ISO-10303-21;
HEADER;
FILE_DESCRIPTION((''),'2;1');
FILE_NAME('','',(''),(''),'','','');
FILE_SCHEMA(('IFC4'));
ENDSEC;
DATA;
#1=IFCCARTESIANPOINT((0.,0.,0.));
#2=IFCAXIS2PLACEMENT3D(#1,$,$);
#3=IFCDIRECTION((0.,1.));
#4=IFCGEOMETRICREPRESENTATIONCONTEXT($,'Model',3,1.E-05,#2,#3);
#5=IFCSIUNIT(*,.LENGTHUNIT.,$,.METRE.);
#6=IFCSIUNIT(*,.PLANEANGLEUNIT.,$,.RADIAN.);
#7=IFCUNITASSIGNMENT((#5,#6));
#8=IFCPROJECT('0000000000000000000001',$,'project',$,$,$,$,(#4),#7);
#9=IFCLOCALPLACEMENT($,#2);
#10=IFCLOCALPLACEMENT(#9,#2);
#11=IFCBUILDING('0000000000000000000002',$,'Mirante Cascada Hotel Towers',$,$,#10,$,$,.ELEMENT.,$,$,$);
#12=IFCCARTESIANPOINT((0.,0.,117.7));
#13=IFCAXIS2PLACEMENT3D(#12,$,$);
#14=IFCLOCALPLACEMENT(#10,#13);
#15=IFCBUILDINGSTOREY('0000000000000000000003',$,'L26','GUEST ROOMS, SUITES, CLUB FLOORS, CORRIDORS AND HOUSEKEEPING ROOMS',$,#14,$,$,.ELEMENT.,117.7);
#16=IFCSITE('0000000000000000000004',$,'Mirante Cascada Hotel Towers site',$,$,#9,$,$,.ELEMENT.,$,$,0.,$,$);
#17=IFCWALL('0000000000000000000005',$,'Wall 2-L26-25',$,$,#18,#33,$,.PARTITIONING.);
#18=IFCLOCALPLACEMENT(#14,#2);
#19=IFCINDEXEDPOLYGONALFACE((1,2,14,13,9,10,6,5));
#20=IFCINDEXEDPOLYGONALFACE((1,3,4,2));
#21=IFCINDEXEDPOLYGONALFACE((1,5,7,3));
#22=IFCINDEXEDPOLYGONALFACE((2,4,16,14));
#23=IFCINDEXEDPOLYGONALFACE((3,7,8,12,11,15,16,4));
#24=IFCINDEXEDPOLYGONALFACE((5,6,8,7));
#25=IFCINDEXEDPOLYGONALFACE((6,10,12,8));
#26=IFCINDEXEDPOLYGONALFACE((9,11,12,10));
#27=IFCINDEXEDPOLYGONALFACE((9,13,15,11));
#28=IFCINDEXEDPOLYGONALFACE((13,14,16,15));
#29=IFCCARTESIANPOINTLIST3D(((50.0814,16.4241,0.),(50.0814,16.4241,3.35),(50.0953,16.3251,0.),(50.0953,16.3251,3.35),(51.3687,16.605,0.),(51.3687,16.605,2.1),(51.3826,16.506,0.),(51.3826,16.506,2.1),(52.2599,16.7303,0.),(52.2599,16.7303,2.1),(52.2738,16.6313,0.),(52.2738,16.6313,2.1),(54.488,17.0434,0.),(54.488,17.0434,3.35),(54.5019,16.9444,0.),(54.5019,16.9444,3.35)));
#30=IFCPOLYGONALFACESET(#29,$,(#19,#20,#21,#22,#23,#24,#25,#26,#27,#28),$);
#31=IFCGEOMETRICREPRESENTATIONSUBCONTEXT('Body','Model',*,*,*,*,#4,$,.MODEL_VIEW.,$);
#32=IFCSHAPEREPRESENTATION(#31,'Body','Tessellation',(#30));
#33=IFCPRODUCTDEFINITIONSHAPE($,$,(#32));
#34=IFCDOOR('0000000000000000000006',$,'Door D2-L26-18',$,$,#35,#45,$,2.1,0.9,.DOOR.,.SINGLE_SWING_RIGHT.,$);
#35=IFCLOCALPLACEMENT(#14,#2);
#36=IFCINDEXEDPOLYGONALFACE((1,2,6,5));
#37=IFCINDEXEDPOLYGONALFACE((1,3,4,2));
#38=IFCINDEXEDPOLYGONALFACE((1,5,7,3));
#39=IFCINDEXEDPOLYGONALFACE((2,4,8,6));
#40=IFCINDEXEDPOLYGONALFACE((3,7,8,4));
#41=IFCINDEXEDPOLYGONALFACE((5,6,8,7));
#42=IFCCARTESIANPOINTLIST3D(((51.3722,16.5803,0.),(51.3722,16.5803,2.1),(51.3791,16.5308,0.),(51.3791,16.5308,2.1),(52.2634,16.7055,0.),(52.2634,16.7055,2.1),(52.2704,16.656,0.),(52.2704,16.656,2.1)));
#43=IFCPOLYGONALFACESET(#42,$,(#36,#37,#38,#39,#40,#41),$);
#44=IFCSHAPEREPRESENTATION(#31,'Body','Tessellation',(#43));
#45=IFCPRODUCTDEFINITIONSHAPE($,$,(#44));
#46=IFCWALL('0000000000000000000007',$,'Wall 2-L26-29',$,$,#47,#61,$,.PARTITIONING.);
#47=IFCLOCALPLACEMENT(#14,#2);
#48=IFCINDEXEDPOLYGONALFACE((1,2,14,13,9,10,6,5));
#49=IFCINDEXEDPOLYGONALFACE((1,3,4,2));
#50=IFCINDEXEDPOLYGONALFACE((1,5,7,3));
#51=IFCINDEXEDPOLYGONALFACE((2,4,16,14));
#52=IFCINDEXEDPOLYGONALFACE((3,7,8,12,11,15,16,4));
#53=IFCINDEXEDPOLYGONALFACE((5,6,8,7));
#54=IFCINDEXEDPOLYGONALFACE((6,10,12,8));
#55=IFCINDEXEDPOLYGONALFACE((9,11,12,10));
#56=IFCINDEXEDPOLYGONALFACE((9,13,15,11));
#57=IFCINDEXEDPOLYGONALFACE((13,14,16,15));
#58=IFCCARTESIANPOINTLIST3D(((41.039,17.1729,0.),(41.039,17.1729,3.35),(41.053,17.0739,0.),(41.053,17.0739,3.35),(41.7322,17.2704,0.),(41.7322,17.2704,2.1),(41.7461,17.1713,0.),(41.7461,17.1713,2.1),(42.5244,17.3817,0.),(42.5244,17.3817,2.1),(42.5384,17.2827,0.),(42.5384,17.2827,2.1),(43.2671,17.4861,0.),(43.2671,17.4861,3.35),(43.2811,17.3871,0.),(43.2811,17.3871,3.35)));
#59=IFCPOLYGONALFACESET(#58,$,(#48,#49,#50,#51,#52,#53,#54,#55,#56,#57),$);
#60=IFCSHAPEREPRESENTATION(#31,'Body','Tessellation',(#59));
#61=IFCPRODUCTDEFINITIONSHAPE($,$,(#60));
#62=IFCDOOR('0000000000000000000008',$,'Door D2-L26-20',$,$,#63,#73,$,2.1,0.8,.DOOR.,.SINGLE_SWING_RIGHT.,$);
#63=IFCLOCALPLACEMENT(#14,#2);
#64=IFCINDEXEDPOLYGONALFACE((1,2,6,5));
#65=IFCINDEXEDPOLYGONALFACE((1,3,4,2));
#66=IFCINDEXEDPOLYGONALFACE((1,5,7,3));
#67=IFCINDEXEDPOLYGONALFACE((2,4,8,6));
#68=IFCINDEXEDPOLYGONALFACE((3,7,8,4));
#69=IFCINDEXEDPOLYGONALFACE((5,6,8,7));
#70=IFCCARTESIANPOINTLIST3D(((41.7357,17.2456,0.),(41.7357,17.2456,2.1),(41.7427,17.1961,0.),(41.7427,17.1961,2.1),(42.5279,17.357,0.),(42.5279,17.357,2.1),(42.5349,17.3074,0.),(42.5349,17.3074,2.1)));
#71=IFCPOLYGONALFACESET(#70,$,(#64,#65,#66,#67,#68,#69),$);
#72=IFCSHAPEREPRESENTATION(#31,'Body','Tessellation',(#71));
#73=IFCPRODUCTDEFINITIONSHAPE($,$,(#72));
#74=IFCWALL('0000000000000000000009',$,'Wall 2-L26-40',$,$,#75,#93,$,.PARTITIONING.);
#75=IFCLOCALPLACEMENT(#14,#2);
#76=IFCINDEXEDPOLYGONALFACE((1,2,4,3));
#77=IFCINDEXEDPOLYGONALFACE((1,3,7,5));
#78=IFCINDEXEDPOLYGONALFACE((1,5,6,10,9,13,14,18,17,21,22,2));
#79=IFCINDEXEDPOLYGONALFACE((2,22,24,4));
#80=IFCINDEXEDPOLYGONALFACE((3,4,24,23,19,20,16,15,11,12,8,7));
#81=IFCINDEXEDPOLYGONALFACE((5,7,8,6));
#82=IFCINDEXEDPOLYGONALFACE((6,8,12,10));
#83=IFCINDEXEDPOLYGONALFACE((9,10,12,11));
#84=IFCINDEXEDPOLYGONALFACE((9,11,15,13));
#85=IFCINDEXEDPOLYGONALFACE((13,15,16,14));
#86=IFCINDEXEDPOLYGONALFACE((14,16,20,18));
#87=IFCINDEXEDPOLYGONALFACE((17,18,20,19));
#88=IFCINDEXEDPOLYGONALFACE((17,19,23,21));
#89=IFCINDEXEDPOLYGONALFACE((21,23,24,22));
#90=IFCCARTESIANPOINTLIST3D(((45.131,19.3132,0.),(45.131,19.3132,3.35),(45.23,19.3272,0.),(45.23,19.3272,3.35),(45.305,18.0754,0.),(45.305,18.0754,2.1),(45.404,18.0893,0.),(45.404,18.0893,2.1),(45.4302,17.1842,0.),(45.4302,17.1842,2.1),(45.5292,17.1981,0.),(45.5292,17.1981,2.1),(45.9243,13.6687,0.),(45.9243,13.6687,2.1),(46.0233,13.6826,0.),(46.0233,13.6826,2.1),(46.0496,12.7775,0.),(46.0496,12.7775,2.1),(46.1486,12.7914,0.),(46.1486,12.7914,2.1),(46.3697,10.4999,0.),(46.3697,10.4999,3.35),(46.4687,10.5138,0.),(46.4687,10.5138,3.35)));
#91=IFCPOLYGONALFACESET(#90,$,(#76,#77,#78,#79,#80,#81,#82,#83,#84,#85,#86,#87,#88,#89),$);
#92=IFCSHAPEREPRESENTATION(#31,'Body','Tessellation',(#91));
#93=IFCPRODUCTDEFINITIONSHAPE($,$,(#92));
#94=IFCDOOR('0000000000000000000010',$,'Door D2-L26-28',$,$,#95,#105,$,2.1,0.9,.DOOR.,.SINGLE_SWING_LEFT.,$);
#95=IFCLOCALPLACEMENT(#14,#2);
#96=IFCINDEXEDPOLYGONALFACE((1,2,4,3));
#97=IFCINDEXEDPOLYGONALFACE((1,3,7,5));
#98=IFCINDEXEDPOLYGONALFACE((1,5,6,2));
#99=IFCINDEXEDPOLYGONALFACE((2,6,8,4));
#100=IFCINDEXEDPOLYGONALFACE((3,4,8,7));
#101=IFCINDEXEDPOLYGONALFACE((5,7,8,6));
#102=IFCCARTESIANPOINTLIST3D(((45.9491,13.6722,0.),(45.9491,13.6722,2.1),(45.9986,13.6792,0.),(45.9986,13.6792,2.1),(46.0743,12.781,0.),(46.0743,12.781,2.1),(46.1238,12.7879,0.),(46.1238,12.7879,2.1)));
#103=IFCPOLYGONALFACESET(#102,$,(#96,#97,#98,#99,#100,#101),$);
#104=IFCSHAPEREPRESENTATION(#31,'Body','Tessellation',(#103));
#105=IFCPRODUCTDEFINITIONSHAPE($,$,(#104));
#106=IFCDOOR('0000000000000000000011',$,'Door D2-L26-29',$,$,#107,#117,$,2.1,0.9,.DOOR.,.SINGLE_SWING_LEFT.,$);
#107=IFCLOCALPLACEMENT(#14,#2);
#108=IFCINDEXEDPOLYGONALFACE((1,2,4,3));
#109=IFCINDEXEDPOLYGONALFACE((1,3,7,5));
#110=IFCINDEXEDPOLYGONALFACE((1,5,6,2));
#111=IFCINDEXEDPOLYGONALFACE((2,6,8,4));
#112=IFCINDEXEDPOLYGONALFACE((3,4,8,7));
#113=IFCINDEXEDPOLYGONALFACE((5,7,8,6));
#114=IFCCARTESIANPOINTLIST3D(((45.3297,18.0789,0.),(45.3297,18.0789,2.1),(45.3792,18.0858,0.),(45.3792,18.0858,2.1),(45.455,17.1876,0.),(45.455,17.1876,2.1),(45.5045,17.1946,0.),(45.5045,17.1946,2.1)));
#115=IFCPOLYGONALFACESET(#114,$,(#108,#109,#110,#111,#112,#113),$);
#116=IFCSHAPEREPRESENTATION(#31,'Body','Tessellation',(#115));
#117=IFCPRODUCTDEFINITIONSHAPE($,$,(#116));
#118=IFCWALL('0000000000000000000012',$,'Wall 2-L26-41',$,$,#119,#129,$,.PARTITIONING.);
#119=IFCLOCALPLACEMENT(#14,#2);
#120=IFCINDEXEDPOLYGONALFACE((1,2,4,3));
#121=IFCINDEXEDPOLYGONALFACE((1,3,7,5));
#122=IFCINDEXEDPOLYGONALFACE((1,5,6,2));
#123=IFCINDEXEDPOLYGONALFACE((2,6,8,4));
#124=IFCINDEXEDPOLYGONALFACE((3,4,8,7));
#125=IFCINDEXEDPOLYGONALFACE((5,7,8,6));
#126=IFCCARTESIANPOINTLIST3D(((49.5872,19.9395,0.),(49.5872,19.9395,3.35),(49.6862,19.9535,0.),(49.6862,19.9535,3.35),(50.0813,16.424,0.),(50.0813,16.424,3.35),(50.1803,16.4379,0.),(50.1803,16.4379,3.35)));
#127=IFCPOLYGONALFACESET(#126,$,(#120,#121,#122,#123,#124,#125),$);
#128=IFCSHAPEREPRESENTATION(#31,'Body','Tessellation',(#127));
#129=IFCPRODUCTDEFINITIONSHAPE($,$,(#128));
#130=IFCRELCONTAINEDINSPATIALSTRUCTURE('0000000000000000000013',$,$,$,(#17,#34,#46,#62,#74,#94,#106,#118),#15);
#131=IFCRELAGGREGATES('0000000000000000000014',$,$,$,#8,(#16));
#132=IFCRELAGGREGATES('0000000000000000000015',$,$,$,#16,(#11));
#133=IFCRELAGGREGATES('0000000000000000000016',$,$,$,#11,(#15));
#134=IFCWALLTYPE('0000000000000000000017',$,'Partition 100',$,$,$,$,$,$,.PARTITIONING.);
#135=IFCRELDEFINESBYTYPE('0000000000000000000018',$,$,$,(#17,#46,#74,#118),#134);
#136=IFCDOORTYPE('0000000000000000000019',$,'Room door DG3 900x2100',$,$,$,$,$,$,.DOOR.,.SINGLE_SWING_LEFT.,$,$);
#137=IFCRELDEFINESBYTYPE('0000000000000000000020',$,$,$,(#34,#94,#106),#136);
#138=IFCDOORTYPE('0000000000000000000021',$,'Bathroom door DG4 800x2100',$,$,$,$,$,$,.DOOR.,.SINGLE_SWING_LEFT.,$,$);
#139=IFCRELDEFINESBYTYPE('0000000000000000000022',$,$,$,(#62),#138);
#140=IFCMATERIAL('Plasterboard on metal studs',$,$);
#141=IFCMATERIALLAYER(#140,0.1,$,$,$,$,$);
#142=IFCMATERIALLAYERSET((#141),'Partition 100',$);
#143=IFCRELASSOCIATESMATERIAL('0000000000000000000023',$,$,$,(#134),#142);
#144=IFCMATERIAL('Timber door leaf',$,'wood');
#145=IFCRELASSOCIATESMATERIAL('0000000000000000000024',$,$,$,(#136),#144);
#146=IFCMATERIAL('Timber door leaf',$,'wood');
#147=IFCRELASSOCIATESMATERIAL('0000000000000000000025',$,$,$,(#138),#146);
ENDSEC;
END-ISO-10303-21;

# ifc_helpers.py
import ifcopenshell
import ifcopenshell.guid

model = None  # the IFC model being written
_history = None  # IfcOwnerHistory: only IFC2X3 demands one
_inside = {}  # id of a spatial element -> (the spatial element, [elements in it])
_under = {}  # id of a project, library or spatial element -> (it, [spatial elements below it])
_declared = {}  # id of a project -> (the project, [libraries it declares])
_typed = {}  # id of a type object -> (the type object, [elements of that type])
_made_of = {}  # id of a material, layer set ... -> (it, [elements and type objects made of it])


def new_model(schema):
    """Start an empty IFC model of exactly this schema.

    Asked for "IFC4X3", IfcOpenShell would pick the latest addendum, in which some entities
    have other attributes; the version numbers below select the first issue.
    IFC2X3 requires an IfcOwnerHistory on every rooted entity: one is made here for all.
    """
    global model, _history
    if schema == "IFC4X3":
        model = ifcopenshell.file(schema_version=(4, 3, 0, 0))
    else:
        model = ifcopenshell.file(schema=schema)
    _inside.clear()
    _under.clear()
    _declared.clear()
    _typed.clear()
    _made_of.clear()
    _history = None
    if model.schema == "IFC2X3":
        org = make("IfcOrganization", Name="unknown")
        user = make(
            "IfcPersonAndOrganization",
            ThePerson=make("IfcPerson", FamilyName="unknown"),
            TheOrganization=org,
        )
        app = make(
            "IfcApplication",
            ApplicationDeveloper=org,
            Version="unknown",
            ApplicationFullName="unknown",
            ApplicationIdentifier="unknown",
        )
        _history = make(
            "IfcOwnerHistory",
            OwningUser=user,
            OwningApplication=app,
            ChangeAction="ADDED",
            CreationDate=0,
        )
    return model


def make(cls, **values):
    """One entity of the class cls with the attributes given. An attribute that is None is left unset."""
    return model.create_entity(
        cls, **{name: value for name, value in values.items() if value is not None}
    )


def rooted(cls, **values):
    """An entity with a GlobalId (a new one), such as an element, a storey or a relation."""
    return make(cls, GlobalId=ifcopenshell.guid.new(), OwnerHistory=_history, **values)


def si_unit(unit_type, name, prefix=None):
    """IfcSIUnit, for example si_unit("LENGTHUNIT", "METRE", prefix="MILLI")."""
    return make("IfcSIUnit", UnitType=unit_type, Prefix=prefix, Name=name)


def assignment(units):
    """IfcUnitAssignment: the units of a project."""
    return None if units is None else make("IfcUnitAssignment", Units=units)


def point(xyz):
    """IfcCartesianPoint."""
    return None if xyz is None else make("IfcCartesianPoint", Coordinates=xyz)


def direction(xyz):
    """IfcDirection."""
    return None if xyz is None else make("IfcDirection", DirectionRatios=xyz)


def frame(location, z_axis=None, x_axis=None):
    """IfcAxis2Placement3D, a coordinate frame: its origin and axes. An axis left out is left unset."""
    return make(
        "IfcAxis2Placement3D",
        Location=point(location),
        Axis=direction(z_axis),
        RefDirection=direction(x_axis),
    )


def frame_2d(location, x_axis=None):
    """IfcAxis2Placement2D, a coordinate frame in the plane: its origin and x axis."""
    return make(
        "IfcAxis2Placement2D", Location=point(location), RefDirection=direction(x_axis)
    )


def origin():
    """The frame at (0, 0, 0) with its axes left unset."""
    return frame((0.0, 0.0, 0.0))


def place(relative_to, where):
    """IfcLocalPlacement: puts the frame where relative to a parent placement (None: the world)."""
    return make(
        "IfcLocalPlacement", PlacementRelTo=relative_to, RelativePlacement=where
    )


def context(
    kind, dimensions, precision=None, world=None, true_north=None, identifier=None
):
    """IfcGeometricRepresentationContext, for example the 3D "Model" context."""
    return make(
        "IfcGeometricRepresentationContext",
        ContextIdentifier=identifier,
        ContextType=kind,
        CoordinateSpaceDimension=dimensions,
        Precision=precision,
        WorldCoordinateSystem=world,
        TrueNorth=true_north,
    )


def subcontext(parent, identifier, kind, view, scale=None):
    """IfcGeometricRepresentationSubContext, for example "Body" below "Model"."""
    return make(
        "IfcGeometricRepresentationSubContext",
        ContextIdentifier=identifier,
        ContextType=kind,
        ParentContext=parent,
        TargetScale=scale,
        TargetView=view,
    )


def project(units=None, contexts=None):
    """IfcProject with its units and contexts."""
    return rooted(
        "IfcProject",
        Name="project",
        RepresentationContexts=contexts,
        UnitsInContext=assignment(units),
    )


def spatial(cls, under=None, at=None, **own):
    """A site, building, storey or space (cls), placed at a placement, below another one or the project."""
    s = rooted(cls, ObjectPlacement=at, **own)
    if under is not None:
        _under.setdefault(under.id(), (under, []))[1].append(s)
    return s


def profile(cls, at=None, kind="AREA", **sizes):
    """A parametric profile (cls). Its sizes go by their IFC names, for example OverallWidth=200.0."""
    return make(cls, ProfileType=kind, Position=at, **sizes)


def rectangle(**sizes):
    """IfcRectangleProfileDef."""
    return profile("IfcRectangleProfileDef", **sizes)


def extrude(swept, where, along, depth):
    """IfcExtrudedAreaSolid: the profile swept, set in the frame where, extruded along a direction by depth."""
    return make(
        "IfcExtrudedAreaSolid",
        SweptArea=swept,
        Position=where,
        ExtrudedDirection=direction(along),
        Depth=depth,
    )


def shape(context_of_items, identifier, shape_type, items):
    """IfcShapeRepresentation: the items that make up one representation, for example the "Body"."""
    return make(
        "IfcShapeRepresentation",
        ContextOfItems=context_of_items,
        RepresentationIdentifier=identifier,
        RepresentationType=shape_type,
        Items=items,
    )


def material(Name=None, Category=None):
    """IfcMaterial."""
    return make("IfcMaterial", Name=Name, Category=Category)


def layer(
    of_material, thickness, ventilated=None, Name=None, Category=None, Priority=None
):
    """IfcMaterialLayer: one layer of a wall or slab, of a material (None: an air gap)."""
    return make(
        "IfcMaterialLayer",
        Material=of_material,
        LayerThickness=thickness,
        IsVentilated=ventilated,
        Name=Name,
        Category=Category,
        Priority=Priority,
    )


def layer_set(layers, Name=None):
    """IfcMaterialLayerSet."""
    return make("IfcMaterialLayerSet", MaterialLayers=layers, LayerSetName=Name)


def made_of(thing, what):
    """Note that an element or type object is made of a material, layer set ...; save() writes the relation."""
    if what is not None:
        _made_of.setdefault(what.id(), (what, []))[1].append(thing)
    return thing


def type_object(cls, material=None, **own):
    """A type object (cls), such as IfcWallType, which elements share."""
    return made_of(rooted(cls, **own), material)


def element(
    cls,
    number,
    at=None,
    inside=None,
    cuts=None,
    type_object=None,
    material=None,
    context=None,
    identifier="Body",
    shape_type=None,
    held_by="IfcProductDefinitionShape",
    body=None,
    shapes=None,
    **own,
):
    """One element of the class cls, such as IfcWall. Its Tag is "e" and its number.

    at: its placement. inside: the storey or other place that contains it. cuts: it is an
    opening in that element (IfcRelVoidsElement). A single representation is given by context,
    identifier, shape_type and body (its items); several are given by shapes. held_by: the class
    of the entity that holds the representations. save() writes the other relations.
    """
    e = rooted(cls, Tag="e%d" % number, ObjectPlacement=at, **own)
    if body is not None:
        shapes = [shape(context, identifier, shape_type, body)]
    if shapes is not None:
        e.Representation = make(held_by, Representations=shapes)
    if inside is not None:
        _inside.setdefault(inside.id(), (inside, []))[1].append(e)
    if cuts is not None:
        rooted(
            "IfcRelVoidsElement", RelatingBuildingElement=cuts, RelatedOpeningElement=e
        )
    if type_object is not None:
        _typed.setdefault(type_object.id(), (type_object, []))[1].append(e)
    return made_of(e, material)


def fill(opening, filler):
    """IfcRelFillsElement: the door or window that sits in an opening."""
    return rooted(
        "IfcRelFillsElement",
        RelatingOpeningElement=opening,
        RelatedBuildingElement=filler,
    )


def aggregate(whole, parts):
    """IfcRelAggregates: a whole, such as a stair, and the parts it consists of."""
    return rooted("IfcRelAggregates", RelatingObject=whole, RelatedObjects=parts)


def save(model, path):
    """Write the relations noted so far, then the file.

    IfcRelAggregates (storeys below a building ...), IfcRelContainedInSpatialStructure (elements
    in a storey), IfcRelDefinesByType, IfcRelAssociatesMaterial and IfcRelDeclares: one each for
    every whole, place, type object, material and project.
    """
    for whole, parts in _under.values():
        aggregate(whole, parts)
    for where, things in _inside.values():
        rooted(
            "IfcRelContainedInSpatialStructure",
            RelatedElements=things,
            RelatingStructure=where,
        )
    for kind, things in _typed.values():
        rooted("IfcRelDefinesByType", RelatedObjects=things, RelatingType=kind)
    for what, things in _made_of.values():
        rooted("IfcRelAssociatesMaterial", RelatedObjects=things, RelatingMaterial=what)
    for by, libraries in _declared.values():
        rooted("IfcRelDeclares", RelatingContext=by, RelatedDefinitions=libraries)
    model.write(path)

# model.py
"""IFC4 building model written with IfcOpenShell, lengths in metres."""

from ifc_helpers import new_model, si_unit, direction, frame, frame_2d, origin, place, context, subcontext, project, spatial, rectangle, extrude, material, layer, layer_set, type_object, element, fill, save


model = new_model("IFC4")

# Units and contexts
model_context = context("Model", 3, precision=1e-05, world=origin(), true_north=direction((0.0, 1.0)))
body_context = subcontext(model_context, "Body", "Model", "MODEL_VIEW")
ifc_project = project(units=[si_unit("LENGTHUNIT", "METRE"), si_unit("PLANEANGLEUNIT", "RADIAN")], contexts=[model_context])

# Site, building, storey
site_placement = place(None, origin())
site = spatial("IfcSite", under=ifc_project, at=site_placement, Name="Mirante Cascada Hotel Towers site", CompositionType="ELEMENT", RefElevation=0.0)
building_placement = place(site_placement, origin())
building = spatial("IfcBuilding", under=site, at=building_placement, Name="Mirante Cascada Hotel Towers", CompositionType="ELEMENT")
storey_placement = place(building_placement, frame((0.0, 0.0, 117.7)))
storey = spatial("IfcBuildingStorey", under=building, at=storey_placement, Name="L26", Description="GUEST ROOMS, SUITES, CLUB FLOORS, CORRIDORS AND HOUSEKEEPING ROOMS", CompositionType="ELEMENT", Elevation=117.7)

# Walls, openings, doors
ifc_material_1 = material(Name="Plasterboard on metal studs")
ifc_layer_1 = layer(ifc_material_1, 0.1)
ifc_layer_set_1 = layer_set([ifc_layer_1], Name="Partition 100")
wall_type_1 = type_object("IfcWallType", Name="Partition 100", PredefinedType="PARTITIONING", material=ifc_layer_set_1)
wall_1_placement = place(storey_placement, frame((50.0883, 16.3746, 0.0), z_axis=(0.0, 0.0, 1.0), x_axis=(0.990268, 0.139172, 0.0)))
wall_1 = element("IfcWall", 1, at=wall_1_placement, inside=storey, type_object=wall_type_1, Name="Wall 2-L26-25", PredefinedType="PARTITIONING", context=body_context, shape_type="SweptSolid", body=[
    extrude(rectangle(XDim=4.4499, YDim=0.1, at=frame_2d((2.225, 0.0))), origin(), (0.0, 0.0, 1.0), 3.35),
])
opening_1_placement = place(wall_1_placement, frame((1.3, 0.0, 0.0)))
opening_1 = element("IfcOpeningElement", 2, at=opening_1_placement, cuts=wall_1, PredefinedType="OPENING", context=body_context, shape_type="SweptSolid", body=[
    extrude(rectangle(XDim=0.9, YDim=2.1, at=frame_2d((0.45, 1.05))), frame((0.0, 0.05, 0.0), z_axis=(0.0, -1.0, 0.0), x_axis=(1.0, 0.0, 0.0)), (0.0, 0.0, 1.0), 0.1),
])
ifc_material_2 = material(Name="Timber door leaf", Category="wood")
door_type_1 = type_object("IfcDoorType", Name="Room door DG3 900x2100", OperationType="SINGLE_SWING_LEFT", PredefinedType="DOOR", material=ifc_material_2)
door_1_placement = place(opening_1_placement, frame((0.9, 0.0, 0.0), z_axis=(0.0, 0.0, 1.0), x_axis=(-1.0, 0.0, 0.0)))
door_1 = element("IfcDoor", 3, at=door_1_placement, inside=storey, type_object=door_type_1, Name="Door D2-L26-18", OperationType="SINGLE_SWING_RIGHT", OverallHeight=2.1, OverallWidth=0.9, PredefinedType="DOOR", context=body_context, shape_type="SweptSolid", body=[
    extrude(rectangle(XDim=0.9, YDim=2.1, at=frame_2d((0.45, 1.05))), frame((0.0, 0.025, 0.0), z_axis=(0.0, -1.0, 0.0), x_axis=(1.0, 0.0, 0.0)), (0.0, 0.0, 1.0), 0.05),
])
fill(opening_1, door_1)
wall_2_placement = place(storey_placement, frame((41.046, 17.1234, 0.0), z_axis=(0.0, 0.0, 1.0), x_axis=(0.990264, 0.1392, 0.0)))
wall_2 = element("IfcWall", 4, at=wall_2_placement, inside=storey, type_object=wall_type_1, Name="Wall 2-L26-29", PredefinedType="PARTITIONING", context=body_context, shape_type="SweptSolid", body=[
    extrude(rectangle(XDim=2.25, YDim=0.1, at=frame_2d((1.125, 0.0))), origin(), (0.0, 0.0, 1.0), 3.35),
])
opening_2_placement = place(wall_2_placement, frame((0.7, 0.0, 0.0)))
opening_2 = element("IfcOpeningElement", 5, at=opening_2_placement, cuts=wall_2, PredefinedType="OPENING", context=body_context, shape_type="SweptSolid", body=[
    extrude(rectangle(XDim=0.8, YDim=2.1, at=frame_2d((0.4, 1.05))), frame((0.0, 0.05, 0.0), z_axis=(0.0, -1.0, 0.0), x_axis=(1.0, 0.0, 0.0)), (0.0, 0.0, 1.0), 0.1),
])
ifc_material_3 = material(Name="Timber door leaf", Category="wood")
door_type_2 = type_object("IfcDoorType", Name="Bathroom door DG4 800x2100", OperationType="SINGLE_SWING_LEFT", PredefinedType="DOOR", material=ifc_material_3)
door_2_placement = place(opening_2_placement, frame((0.8, 0.0, 0.0), z_axis=(0.0, 0.0, 1.0), x_axis=(-1.0, 0.0, 0.0)))
door_2 = element("IfcDoor", 6, at=door_2_placement, inside=storey, type_object=door_type_2, Name="Door D2-L26-20", OperationType="SINGLE_SWING_RIGHT", OverallHeight=2.1, OverallWidth=0.8, PredefinedType="DOOR", context=body_context, shape_type="SweptSolid", body=[
    extrude(rectangle(XDim=0.8, YDim=2.1, at=frame_2d((0.4, 1.05))), frame((0.0, 0.025, 0.0), z_axis=(0.0, -1.0, 0.0), x_axis=(1.0, 0.0, 0.0)), (0.0, 0.0, 1.0), 0.05),
])
fill(opening_2, door_2)

# Wall, openings, doors
wall_3_placement = place(storey_placement, frame((45.1805, 19.3202, 0.0), z_axis=(0.0, 0.0, 1.0), x_axis=(0.139179, -0.990267, 0.0)))
wall_3 = element("IfcWall", 7, at=wall_3_placement, inside=storey, type_object=wall_type_1, Name="Wall 2-L26-40", PredefinedType="PARTITIONING", context=body_context, shape_type="SweptSolid", body=[
    extrude(rectangle(XDim=8.9, YDim=0.1, at=frame_2d((4.45, 0.0))), origin(), (0.0, 0.0, 1.0), 3.35),
])
opening_3_placement = place(wall_3_placement, frame((5.7, 0.0, 0.0)))
opening_3 = element("IfcOpeningElement", 8, at=opening_3_placement, cuts=wall_3, PredefinedType="OPENING", context=body_context, shape_type="SweptSolid", body=[
    extrude(rectangle(XDim=0.9, YDim=2.1, at=frame_2d((0.45, 1.05))), frame((0.0, 0.05, 0.0), z_axis=(0.0, -1.0, 0.0), x_axis=(1.0, 0.0, 0.0)), (0.0, 0.0, 1.0), 0.1),
])
opening_4_placement = place(wall_3_placement, frame((1.25, 0.0, 0.0)))
opening_4 = element("IfcOpeningElement", 9, at=opening_4_placement, cuts=wall_3, PredefinedType="OPENING", context=body_context, shape_type="SweptSolid", body=[
    extrude(rectangle(XDim=0.9, YDim=2.1, at=frame_2d((0.45, 1.05))), frame((0.0, 0.05, 0.0), z_axis=(0.0, -1.0, 0.0), x_axis=(1.0, 0.0, 0.0)), (0.0, 0.0, 1.0), 0.1),
])
door_3_placement = place(opening_3_placement, origin())
door_3 = element("IfcDoor", 10, at=door_3_placement, inside=storey, type_object=door_type_1, Name="Door D2-L26-28", OperationType="SINGLE_SWING_LEFT", OverallHeight=2.1, OverallWidth=0.9, PredefinedType="DOOR", context=body_context, shape_type="SweptSolid", body=[
    extrude(rectangle(XDim=0.9, YDim=2.1, at=frame_2d((0.45, 1.05))), frame((0.0, 0.025, 0.0), z_axis=(0.0, -1.0, 0.0), x_axis=(1.0, 0.0, 0.0)), (0.0, 0.0, 1.0), 0.05),
])
fill(opening_3, door_3)
door_4_placement = place(opening_4_placement, origin())
door_4 = element("IfcDoor", 11, at=door_4_placement, inside=storey, type_object=door_type_1, Name="Door D2-L26-29", OperationType="SINGLE_SWING_LEFT", OverallHeight=2.1, OverallWidth=0.9, PredefinedType="DOOR", context=body_context, shape_type="SweptSolid", body=[
    extrude(rectangle(XDim=0.9, YDim=2.1, at=frame_2d((0.45, 1.05))), frame((0.0, 0.025, 0.0), z_axis=(0.0, -1.0, 0.0), x_axis=(1.0, 0.0, 0.0)), (0.0, 0.0, 1.0), 0.05),
])
fill(opening_4, door_4)

# Wall
wall_4_placement = place(storey_placement, frame((50.1308, 16.431, 0.0), z_axis=(0.0, 0.0, 1.0), x_axis=(-0.139181, 0.990267, 0.0)))
element("IfcWall", 12, at=wall_4_placement, inside=storey, type_object=wall_type_1, Name="Wall 2-L26-41", PredefinedType="PARTITIONING", context=body_context, shape_type="SweptSolid", body=[
    extrude(rectangle(XDim=3.5501, YDim=0.1, at=frame_2d((1.775, 0.0))), origin(), (0.0, 0.0, 1.0), 3.35),
])

save(model, "model.ifc")
